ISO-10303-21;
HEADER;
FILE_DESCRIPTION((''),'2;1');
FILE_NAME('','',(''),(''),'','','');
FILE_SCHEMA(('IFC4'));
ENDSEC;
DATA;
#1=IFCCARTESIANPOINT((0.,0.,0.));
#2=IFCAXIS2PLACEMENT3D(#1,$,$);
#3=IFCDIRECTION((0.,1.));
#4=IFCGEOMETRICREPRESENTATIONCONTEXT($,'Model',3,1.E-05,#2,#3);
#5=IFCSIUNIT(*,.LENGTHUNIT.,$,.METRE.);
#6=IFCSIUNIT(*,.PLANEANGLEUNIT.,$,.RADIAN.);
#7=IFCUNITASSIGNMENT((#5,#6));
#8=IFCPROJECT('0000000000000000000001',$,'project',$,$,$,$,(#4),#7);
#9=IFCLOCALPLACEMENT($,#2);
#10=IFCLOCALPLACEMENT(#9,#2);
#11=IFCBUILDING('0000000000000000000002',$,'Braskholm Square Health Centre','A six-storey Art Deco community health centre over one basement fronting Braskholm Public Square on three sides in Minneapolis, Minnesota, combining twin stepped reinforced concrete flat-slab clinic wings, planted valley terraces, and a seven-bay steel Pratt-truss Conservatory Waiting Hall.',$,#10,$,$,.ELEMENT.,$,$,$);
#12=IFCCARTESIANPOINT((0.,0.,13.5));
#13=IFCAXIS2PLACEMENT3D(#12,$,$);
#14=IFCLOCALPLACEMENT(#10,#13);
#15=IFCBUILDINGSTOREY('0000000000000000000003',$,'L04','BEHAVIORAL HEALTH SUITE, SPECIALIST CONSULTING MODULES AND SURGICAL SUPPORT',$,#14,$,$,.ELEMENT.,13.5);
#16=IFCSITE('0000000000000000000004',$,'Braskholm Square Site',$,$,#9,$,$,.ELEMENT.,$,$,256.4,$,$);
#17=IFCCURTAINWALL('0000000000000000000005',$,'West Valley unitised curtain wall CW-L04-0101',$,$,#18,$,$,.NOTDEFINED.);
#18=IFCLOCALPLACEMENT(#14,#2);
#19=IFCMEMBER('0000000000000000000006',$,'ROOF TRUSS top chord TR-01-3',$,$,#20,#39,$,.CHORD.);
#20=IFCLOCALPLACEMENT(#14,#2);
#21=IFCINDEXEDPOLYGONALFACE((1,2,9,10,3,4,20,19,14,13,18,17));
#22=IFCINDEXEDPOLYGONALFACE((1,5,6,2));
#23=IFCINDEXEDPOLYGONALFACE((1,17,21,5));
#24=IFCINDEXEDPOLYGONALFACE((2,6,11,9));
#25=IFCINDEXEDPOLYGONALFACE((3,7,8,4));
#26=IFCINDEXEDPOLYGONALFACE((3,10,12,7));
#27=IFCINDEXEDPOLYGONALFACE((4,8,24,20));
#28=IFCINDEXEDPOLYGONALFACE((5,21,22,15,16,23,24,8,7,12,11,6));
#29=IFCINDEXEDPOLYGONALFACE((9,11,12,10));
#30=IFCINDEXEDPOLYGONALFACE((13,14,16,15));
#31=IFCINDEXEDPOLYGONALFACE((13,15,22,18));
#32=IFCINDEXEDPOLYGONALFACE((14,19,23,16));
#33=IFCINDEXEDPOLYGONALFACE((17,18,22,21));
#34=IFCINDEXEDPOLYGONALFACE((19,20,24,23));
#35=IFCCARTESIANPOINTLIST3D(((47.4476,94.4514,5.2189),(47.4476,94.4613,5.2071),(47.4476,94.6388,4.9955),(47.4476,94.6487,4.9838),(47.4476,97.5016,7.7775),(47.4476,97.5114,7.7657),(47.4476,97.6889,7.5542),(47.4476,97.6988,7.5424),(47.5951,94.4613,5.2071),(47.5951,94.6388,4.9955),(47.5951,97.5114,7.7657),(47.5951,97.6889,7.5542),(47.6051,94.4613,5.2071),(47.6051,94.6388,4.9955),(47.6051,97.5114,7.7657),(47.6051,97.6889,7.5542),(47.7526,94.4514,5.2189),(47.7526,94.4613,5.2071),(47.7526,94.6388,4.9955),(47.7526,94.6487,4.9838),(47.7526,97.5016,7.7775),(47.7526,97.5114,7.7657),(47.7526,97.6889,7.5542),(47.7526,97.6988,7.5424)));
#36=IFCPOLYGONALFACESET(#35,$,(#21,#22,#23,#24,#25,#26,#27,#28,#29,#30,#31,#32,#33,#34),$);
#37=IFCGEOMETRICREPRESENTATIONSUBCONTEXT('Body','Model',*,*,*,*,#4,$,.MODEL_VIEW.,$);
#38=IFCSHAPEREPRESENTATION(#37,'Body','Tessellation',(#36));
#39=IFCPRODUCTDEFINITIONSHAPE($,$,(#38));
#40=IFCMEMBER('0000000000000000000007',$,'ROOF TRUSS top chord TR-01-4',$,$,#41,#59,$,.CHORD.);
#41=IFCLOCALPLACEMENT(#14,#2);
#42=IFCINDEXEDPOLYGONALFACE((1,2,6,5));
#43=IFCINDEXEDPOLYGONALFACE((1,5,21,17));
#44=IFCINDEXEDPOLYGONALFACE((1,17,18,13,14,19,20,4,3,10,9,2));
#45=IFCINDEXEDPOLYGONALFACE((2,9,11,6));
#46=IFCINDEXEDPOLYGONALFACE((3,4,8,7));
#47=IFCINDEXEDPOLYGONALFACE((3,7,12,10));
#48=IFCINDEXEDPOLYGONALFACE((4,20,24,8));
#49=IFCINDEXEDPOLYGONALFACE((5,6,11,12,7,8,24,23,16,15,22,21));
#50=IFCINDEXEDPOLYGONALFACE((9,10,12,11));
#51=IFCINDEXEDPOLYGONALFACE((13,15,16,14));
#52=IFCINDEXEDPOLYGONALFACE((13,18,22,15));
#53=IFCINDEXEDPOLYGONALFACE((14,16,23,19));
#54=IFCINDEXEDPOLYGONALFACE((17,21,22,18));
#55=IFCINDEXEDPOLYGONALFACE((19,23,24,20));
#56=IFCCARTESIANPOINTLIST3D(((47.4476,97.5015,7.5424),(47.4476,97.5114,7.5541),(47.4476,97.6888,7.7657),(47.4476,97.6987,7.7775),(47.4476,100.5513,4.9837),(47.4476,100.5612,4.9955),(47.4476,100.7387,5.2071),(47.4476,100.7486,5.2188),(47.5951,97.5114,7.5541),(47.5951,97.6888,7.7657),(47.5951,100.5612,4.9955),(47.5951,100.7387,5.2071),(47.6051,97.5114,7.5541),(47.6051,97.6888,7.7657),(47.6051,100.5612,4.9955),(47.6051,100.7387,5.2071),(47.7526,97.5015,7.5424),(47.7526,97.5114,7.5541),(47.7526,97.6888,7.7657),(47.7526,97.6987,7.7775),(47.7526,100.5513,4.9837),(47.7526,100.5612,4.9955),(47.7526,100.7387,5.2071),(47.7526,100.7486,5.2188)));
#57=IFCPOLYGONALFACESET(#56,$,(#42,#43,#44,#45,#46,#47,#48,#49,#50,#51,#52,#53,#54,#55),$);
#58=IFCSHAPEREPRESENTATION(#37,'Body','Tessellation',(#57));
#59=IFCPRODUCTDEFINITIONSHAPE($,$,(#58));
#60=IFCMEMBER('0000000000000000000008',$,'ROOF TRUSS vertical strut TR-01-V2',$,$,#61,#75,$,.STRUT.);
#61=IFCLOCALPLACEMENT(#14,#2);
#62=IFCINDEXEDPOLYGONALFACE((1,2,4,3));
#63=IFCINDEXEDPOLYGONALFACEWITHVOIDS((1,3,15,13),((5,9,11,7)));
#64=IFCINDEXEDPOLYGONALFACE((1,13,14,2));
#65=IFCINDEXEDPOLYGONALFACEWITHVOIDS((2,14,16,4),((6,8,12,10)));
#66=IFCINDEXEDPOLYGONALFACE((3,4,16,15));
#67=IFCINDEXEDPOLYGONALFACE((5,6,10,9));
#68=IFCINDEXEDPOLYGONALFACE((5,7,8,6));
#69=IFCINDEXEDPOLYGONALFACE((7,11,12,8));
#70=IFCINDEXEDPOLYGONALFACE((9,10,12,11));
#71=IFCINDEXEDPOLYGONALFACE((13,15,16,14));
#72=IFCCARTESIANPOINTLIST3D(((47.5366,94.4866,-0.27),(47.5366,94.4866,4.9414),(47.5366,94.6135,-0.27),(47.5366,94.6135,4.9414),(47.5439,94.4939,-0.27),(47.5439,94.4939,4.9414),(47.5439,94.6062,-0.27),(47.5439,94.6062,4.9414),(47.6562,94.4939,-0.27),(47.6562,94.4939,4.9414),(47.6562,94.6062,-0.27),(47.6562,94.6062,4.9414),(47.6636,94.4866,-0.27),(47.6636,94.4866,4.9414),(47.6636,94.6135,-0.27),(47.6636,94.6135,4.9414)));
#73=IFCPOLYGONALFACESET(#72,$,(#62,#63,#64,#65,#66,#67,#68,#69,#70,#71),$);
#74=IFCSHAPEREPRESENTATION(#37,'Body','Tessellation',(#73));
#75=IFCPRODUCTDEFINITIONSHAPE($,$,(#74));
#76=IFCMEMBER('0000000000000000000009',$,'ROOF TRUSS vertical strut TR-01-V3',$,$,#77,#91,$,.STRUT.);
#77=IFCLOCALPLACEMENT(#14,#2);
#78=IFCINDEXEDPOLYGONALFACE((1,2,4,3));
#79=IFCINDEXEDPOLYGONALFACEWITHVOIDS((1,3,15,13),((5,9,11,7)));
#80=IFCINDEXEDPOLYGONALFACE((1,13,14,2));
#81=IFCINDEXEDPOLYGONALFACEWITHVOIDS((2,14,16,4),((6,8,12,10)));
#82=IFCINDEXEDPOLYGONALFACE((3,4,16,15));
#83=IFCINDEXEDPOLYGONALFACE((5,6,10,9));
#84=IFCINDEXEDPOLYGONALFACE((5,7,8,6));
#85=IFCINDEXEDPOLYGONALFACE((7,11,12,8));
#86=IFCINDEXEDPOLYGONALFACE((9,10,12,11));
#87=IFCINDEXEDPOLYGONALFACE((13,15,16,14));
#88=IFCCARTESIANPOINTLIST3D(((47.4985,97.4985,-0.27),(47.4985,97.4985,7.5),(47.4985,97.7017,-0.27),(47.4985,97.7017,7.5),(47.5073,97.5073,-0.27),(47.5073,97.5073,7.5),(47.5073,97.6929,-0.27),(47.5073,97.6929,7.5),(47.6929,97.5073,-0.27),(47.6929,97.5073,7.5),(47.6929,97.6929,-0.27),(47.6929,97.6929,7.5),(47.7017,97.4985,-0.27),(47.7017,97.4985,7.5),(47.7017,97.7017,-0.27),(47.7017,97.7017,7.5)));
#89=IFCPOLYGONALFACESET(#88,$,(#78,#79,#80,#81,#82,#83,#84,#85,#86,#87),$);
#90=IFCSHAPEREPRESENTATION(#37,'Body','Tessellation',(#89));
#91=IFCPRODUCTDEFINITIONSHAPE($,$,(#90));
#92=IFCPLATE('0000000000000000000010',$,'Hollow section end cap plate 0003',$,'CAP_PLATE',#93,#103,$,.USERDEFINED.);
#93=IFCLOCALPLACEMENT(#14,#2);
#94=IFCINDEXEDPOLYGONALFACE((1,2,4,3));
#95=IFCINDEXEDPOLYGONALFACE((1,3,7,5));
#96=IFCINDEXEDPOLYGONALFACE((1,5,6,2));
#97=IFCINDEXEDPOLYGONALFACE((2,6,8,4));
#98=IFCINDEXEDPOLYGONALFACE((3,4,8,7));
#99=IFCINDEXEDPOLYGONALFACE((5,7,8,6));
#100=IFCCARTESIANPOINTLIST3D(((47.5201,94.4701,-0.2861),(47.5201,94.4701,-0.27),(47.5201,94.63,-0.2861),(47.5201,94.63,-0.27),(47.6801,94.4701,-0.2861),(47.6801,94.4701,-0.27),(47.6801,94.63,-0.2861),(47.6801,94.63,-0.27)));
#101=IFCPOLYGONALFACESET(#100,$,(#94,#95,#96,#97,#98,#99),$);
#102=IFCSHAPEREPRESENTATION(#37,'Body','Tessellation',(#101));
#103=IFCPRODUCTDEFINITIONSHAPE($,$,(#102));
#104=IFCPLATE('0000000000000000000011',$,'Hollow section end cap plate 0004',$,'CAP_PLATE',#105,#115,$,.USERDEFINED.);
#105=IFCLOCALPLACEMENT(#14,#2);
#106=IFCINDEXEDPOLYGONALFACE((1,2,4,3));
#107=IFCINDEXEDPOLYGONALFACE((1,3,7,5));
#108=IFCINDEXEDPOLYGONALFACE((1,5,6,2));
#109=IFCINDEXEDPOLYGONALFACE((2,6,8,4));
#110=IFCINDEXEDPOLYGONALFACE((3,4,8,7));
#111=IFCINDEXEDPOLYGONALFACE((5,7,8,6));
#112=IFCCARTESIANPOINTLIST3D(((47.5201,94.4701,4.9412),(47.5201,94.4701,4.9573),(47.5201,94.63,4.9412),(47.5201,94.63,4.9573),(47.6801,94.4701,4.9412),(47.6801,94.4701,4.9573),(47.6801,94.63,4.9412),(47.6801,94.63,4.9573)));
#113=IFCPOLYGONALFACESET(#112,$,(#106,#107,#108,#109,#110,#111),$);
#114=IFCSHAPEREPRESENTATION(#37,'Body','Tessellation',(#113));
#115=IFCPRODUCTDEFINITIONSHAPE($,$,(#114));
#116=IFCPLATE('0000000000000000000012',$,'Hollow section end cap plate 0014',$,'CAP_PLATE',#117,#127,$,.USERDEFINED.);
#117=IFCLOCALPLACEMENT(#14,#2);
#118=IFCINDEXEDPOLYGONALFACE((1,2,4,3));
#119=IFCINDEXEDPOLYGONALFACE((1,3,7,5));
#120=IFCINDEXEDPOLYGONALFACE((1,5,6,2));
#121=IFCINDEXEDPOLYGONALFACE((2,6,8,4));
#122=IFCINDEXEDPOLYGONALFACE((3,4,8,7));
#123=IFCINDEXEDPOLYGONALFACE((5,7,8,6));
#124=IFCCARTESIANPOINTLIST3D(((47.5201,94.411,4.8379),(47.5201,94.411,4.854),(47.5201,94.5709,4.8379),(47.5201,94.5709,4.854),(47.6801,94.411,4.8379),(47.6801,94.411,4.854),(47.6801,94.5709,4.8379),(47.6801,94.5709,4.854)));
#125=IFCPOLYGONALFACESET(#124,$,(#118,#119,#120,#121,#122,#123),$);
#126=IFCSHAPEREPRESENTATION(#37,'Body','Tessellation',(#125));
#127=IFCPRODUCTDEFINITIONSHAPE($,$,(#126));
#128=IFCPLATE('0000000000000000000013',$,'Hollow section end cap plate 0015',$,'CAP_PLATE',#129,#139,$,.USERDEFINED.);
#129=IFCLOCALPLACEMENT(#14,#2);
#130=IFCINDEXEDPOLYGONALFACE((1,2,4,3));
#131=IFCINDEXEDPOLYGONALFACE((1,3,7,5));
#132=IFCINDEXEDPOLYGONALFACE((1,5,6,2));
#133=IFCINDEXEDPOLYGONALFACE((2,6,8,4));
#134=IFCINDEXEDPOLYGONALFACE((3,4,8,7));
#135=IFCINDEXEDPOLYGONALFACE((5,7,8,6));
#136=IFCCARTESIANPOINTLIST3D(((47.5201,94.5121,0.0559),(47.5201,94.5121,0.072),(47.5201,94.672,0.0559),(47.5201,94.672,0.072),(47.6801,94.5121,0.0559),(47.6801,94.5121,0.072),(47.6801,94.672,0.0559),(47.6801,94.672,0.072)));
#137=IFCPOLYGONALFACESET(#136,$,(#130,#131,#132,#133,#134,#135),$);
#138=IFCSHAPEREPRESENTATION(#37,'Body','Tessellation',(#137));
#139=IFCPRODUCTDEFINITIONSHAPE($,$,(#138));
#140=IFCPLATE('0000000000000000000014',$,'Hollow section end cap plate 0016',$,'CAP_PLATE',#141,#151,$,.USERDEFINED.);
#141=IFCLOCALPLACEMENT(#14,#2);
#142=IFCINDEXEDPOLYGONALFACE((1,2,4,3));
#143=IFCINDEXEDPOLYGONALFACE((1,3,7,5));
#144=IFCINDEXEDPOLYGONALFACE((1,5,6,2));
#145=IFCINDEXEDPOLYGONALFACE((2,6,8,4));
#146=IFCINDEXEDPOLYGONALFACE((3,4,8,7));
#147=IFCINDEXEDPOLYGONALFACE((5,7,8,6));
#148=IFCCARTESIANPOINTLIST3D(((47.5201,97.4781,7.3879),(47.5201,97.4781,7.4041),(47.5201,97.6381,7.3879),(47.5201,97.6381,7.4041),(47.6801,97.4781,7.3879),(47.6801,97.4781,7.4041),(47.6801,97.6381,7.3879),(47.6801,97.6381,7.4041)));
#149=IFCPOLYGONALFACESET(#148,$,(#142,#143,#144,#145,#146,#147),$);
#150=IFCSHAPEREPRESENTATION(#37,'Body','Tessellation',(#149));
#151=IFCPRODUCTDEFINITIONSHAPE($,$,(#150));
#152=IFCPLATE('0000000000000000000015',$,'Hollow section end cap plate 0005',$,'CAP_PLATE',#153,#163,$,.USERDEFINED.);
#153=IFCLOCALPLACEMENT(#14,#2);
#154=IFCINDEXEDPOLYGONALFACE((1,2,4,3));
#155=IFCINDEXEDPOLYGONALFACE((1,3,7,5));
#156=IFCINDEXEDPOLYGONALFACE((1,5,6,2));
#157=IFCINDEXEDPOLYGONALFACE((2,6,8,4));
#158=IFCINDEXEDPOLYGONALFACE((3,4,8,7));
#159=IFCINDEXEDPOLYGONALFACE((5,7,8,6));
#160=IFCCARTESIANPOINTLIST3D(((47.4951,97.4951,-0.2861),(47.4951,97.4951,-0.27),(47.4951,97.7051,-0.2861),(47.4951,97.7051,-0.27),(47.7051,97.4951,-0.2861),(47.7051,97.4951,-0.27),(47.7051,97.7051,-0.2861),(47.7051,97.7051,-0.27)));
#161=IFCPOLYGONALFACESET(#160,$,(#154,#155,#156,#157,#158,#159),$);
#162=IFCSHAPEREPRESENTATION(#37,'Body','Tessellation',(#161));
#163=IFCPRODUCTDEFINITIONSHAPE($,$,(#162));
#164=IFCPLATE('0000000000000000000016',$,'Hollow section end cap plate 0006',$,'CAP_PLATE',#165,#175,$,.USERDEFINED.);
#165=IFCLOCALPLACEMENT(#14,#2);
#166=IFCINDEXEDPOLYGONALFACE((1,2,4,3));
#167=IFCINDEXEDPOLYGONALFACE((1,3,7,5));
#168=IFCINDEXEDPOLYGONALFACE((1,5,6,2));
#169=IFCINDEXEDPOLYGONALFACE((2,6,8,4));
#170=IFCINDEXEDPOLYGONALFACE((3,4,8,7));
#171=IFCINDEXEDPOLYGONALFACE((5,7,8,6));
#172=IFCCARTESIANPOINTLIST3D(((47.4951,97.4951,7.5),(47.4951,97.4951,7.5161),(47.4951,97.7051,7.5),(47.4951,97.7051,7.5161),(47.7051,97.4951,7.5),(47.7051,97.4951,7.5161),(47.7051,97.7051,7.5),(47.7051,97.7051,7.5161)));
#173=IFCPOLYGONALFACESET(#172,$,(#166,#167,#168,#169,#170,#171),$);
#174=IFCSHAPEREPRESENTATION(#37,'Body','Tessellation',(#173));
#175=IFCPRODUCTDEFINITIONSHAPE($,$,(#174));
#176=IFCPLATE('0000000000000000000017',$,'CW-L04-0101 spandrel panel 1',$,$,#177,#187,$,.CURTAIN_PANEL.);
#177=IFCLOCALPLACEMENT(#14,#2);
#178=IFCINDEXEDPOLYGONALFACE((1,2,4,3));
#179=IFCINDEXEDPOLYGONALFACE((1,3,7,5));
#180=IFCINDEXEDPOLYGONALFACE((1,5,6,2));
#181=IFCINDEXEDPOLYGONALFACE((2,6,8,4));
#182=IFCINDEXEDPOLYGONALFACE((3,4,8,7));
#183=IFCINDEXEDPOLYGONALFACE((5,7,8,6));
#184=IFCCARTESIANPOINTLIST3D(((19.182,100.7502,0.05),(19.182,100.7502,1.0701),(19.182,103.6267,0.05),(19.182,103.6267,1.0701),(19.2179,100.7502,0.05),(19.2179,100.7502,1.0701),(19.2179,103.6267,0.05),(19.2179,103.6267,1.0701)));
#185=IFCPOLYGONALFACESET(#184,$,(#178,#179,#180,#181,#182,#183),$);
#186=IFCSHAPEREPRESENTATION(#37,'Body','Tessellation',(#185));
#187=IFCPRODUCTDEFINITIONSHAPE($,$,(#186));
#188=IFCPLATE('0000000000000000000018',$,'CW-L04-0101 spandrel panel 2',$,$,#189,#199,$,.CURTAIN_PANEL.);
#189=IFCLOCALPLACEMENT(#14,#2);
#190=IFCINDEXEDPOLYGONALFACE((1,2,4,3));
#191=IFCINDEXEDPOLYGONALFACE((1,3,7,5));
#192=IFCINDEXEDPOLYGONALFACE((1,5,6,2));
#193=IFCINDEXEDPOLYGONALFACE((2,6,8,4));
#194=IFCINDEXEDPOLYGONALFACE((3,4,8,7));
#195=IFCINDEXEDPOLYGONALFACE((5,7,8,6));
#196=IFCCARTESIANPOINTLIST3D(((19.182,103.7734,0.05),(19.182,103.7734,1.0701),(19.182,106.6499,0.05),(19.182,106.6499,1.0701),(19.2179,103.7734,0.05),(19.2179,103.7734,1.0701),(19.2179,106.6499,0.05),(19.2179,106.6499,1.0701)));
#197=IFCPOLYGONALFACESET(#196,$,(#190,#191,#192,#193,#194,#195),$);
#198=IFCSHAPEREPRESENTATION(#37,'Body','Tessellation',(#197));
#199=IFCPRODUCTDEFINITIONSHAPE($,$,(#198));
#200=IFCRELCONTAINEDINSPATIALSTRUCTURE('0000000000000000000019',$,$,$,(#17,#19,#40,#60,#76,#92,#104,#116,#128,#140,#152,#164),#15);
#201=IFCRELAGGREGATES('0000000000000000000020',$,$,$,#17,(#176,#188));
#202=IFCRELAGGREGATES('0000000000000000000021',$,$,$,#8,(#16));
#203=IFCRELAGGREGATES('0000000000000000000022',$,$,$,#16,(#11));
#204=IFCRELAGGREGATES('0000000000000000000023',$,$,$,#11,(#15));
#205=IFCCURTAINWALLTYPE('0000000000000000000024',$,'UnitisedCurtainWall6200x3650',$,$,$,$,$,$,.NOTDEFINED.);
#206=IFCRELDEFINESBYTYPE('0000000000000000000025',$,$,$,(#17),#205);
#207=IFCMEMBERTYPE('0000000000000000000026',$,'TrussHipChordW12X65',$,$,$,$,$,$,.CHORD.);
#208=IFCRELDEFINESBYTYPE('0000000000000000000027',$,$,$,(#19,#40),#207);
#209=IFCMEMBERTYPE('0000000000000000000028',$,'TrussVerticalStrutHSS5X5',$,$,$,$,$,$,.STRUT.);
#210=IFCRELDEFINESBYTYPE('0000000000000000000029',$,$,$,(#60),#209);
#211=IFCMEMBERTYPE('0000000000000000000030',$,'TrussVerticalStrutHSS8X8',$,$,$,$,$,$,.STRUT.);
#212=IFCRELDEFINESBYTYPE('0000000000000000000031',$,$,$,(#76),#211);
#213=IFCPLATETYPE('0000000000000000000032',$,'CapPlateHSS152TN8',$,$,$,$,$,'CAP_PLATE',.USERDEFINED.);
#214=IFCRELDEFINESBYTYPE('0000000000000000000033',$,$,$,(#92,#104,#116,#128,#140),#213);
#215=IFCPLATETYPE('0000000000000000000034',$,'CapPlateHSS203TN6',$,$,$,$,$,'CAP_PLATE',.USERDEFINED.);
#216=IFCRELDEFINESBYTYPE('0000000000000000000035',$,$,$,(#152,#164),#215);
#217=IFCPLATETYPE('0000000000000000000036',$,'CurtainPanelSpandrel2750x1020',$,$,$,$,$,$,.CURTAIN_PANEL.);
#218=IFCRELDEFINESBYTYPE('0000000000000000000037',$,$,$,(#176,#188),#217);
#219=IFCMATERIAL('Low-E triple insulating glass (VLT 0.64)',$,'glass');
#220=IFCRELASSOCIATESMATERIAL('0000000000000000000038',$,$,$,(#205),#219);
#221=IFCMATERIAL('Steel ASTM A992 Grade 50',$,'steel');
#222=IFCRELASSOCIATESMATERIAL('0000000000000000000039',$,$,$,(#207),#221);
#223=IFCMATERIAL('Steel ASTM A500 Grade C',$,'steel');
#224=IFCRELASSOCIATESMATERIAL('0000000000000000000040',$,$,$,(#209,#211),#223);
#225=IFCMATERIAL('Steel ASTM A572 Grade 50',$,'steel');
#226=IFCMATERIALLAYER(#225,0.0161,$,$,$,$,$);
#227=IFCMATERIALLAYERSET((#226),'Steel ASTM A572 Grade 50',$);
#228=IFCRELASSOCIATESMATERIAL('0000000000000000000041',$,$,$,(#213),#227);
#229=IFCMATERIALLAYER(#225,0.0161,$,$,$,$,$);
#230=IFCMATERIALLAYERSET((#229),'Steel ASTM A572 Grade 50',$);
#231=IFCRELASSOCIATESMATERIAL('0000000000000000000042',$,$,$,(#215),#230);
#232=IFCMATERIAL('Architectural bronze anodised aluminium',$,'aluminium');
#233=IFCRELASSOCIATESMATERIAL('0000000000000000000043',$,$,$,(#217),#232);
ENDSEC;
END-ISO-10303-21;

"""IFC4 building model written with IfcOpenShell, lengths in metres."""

from ifc_helpers import new_model, si_unit, direction, frame, origin, origin_2d, place, context, subcontext, project, spatial, rectangle, hollow_rectangle, i_section, extrude, material, layer, layer_set, material_profile, profile_set, type_object, element, aggregate, save


model = new_model("IFC4")

# Units and contexts
model_context = context("Model", 3, precision=1e-05, world=origin(), true_north=direction((0.0, 1.0)))
body_context = subcontext(model_context, "Body", "Model", "MODEL_VIEW")
ifc_project = project(units=[si_unit("LENGTHUNIT", "METRE"), si_unit("PLANEANGLEUNIT", "RADIAN")], contexts=[model_context])

# Site, building, storey
site_placement = place(None, origin())
site = spatial("IfcSite", under=ifc_project, at=site_placement, Name="Braskholm Square Site", CompositionType="ELEMENT", RefElevation=256.4)
building_placement = place(site_placement, origin())
building = spatial("IfcBuilding", under=site, at=building_placement, Name="Braskholm Square Health Centre", Description="A six-storey Art Deco community health centre over one basement fronting Braskholm Public Square on three sides in Minneapolis, Minnesota, combining twin stepped reinforced concrete flat-slab clinic wings, planted valley terraces, and a seven-bay steel Pratt-truss Conservatory Waiting Hall.", CompositionType="ELEMENT")
storey_placement = place(building_placement, frame((0.0, 0.0, 13.5)))
storey = spatial("IfcBuildingStorey", under=building, at=storey_placement, Name="L04", Description="BEHAVIORAL HEALTH SUITE, SPECIALIST CONSULTING MODULES AND SURGICAL SUPPORT", CompositionType="ELEMENT", Elevation=13.5)

# Curtain wall
ifc_material_1 = material(Name="Low-E triple insulating glass (VLT 0.64)", Category="glass")
curtain_wall_type = type_object("IfcCurtainWallType", Name="UnitisedCurtainWall6200x3650", PredefinedType="NOTDEFINED", material=ifc_material_1)
curtain_wall_placement = place(storey_placement, origin())
curtain_wall = element("IfcCurtainWall", 1, at=curtain_wall_placement, inside=storey, type_object=curtain_wall_type, Name="West Valley unitised curtain wall CW-L04-0101", PredefinedType="NOTDEFINED")
ifc_material_2 = material(Name="Architectural bronze anodised aluminium", Category="aluminium")

# Members
ifc_material_3 = material(Name="Steel ASTM A500 Grade C", Category="steel")
ifc_material_4 = material(Name="Steel ASTM A992 Grade 50", Category="steel")
ifc_material_profile_1 = material_profile(ifc_material_4, i_section(OverallWidth=0.3049, OverallDepth=0.3069, WebThickness=0.01, FlangeThickness=0.0154, at=origin_2d()), Name="W12X65")
ifc_profile_set_1 = profile_set([ifc_material_profile_1], Name="Steel ASTM A992 Grade 50")
member_type_1 = type_object("IfcMemberType", Name="TrussHipChordW12X65", PredefinedType="CHORD", material=ifc_profile_set_1)
member_1_placement = place(storey_placement, frame((47.6001, 94.55, 5.1013), z_axis=(0.0, 0.766131, 0.642684), x_axis=(-1.0, 0.0, 0.0)))
element("IfcMember", 2, at=member_1_placement, inside=storey, type_object=member_type_1, Name="ROOF TRUSS top chord TR-01-3", PredefinedType="CHORD", context=body_context, shape_type="SweptSolid", body=[
    extrude(i_section(OverallWidth=0.3049, OverallDepth=0.3069, WebThickness=0.01, FlangeThickness=0.0154, at=origin_2d()), origin(), (0.0, 0.0, 1.0), 3.9812),
])
member_2_placement = place(storey_placement, frame((47.6001, 97.6001, 7.6599), z_axis=(0.0, 0.766106, -0.642714), x_axis=(-1.0, 0.0, 0.0)))
element("IfcMember", 3, at=member_2_placement, inside=storey, type_object=member_type_1, Name="ROOF TRUSS top chord TR-01-4", PredefinedType="CHORD", context=body_context, shape_type="SweptSolid", body=[
    extrude(i_section(OverallWidth=0.3049, OverallDepth=0.3069, WebThickness=0.01, FlangeThickness=0.0154, at=origin_2d()), origin(), (0.0, 0.0, 1.0), 3.981),
])
ifc_material_profile_2 = material_profile(ifc_material_3, hollow_rectangle(XDim=0.127, YDim=0.127, WallThickness=0.0073, at=origin_2d()), Name="HSS5X5X5/16")
ifc_profile_set_2 = profile_set([ifc_material_profile_2], Name="Steel ASTM A500 Grade C")
member_type_2 = type_object("IfcMemberType", Name="TrussVerticalStrutHSS5X5", PredefinedType="STRUT", material=ifc_profile_set_2)
member_3_placement = place(storey_placement, frame((47.6001, 94.55, -0.27), z_axis=(0.0, 0.0, 1.0), x_axis=(1.0, 0.0, 0.0)))
element("IfcMember", 4, at=member_3_placement, inside=storey, type_object=member_type_2, Name="ROOF TRUSS vertical strut TR-01-V2", PredefinedType="STRUT", context=body_context, shape_type="SweptSolid", body=[
    extrude(hollow_rectangle(XDim=0.127, YDim=0.127, WallThickness=0.0073, at=origin_2d()), origin(), (0.0, 0.0, 1.0), 5.2114),
])
ifc_material_profile_3 = material_profile(ifc_material_3, hollow_rectangle(XDim=0.2031, YDim=0.2031, WallThickness=0.0088, at=origin_2d()), Name="HSS8X8X3/8")
ifc_profile_set_3 = profile_set([ifc_material_profile_3], Name="Steel ASTM A500 Grade C")
member_type_3 = type_object("IfcMemberType", Name="TrussVerticalStrutHSS8X8", PredefinedType="STRUT", material=ifc_profile_set_3)
member_4_placement = place(storey_placement, frame((47.6001, 97.6001, -0.27), z_axis=(0.0, 0.0, 1.0), x_axis=(1.0, 0.0, 0.0)))
element("IfcMember", 5, at=member_4_placement, inside=storey, type_object=member_type_3, Name="ROOF TRUSS vertical strut TR-01-V3", PredefinedType="STRUT", context=body_context, shape_type="SweptSolid", body=[
    extrude(hollow_rectangle(XDim=0.2031, YDim=0.2031, WallThickness=0.0088, at=origin_2d()), origin(), (0.0, 0.0, 1.0), 7.77),
])

# Plates
ifc_material_5 = material(Name="Steel ASTM A572 Grade 50", Category="steel")
ifc_layer_1 = layer(ifc_material_5, 0.0161)
ifc_layer_set_1 = layer_set([ifc_layer_1], Name="Steel ASTM A572 Grade 50")
plate_type_1 = type_object("IfcPlateType", Name="CapPlateHSS152TN8", ElementType="CAP_PLATE", PredefinedType="USERDEFINED", material=ifc_layer_set_1)
for number, where, z_axis, x_axis, name in (
    (6, (47.6001, 94.55, -0.2861), (0.0, 0.0, 1.0), (1.0, 0.0, 0.0), "Hollow section end cap plate 0003"),
    (7, (47.6001, 94.55, 4.9412), (0.0, 0.0, 1.0), (1.0, 0.0, 0.0), "Hollow section end cap plate 0004"),
    (8, (47.6001, 94.491, 4.8379), (0.0, 0.0, 1.0), (1.0, 0.0, 0.0), "Hollow section end cap plate 0014"),
    (9, (47.6001, 94.592, 0.0559), (0.0, 0.0, 1.0), (1.0, 0.0, 0.0), "Hollow section end cap plate 0015"),
    (10, (47.6001, 97.5581, 7.3879), (0.0, 0.0, 1.0), (1.0, 0.0, 0.0), "Hollow section end cap plate 0016"),
):
    element("IfcPlate", number, at=place(storey_placement, frame(where, z_axis=z_axis, x_axis=x_axis)), inside=storey, type_object=plate_type_1, Name=name, ObjectType="CAP_PLATE", PredefinedType="USERDEFINED", context=body_context, shape_type="SweptSolid", body=[
        extrude(rectangle(XDim=0.1599, YDim=0.1599, at=origin_2d()), origin(), (0.0, 0.0, 1.0), 0.0161),
    ])
ifc_layer_2 = layer(ifc_material_5, 0.0161)
ifc_layer_set_2 = layer_set([ifc_layer_2], Name="Steel ASTM A572 Grade 50")
plate_type_2 = type_object("IfcPlateType", Name="CapPlateHSS203TN6", ElementType="CAP_PLATE", PredefinedType="USERDEFINED", material=ifc_layer_set_2)
for number, where, z_axis, x_axis, name in (
    (11, (47.6001, 97.6001, -0.2861), (0.0, 0.0, 1.0), (1.0, 0.0, 0.0), "Hollow section end cap plate 0005"),
    (12, (47.6001, 97.6001, 7.5), (0.0, 0.0, 1.0), (1.0, 0.0, 0.0), "Hollow section end cap plate 0006"),
):
    element("IfcPlate", number, at=place(storey_placement, frame(where, z_axis=z_axis, x_axis=x_axis)), inside=storey, type_object=plate_type_2, Name=name, ObjectType="CAP_PLATE", PredefinedType="USERDEFINED", context=body_context, shape_type="SweptSolid", body=[
        extrude(rectangle(XDim=0.21, YDim=0.21, at=origin_2d()), origin(), (0.0, 0.0, 1.0), 0.0161),
    ])

# Plates
plate_type_3 = type_object("IfcPlateType", Name="CurtainPanelSpandrel2750x1020", PredefinedType="CURTAIN_PANEL", material=ifc_material_2)
plate_1_placement = place(storey_placement, frame((19.2, 102.1885, 0.05), z_axis=(0.0, 0.0, 1.0), x_axis=(0.0, 1.0, 0.0)))
plate_1 = element("IfcPlate", 13, at=plate_1_placement, type_object=plate_type_3, Name="CW-L04-0101 spandrel panel 1", PredefinedType="CURTAIN_PANEL", context=body_context, shape_type="SweptSolid", body=[
    extrude(rectangle(XDim=2.8765, YDim=0.0359, at=origin_2d()), origin(), (0.0, 0.0, 1.0), 1.02),
])
plate_2_placement = place(storey_placement, frame((19.2, 105.2117, 0.05), z_axis=(0.0, 0.0, 1.0), x_axis=(0.0, 1.0, 0.0)))
plate_2 = element("IfcPlate", 14, at=plate_2_placement, type_object=plate_type_3, Name="CW-L04-0101 spandrel panel 2", PredefinedType="CURTAIN_PANEL", context=body_context, shape_type="SweptSolid", body=[
    extrude(rectangle(XDim=2.8765, YDim=0.0359, at=origin_2d()), origin(), (0.0, 0.0, 1.0), 1.02),
])
aggregate(curtain_wall, [plate_1, plate_2])

save(model, "model.ifc")
